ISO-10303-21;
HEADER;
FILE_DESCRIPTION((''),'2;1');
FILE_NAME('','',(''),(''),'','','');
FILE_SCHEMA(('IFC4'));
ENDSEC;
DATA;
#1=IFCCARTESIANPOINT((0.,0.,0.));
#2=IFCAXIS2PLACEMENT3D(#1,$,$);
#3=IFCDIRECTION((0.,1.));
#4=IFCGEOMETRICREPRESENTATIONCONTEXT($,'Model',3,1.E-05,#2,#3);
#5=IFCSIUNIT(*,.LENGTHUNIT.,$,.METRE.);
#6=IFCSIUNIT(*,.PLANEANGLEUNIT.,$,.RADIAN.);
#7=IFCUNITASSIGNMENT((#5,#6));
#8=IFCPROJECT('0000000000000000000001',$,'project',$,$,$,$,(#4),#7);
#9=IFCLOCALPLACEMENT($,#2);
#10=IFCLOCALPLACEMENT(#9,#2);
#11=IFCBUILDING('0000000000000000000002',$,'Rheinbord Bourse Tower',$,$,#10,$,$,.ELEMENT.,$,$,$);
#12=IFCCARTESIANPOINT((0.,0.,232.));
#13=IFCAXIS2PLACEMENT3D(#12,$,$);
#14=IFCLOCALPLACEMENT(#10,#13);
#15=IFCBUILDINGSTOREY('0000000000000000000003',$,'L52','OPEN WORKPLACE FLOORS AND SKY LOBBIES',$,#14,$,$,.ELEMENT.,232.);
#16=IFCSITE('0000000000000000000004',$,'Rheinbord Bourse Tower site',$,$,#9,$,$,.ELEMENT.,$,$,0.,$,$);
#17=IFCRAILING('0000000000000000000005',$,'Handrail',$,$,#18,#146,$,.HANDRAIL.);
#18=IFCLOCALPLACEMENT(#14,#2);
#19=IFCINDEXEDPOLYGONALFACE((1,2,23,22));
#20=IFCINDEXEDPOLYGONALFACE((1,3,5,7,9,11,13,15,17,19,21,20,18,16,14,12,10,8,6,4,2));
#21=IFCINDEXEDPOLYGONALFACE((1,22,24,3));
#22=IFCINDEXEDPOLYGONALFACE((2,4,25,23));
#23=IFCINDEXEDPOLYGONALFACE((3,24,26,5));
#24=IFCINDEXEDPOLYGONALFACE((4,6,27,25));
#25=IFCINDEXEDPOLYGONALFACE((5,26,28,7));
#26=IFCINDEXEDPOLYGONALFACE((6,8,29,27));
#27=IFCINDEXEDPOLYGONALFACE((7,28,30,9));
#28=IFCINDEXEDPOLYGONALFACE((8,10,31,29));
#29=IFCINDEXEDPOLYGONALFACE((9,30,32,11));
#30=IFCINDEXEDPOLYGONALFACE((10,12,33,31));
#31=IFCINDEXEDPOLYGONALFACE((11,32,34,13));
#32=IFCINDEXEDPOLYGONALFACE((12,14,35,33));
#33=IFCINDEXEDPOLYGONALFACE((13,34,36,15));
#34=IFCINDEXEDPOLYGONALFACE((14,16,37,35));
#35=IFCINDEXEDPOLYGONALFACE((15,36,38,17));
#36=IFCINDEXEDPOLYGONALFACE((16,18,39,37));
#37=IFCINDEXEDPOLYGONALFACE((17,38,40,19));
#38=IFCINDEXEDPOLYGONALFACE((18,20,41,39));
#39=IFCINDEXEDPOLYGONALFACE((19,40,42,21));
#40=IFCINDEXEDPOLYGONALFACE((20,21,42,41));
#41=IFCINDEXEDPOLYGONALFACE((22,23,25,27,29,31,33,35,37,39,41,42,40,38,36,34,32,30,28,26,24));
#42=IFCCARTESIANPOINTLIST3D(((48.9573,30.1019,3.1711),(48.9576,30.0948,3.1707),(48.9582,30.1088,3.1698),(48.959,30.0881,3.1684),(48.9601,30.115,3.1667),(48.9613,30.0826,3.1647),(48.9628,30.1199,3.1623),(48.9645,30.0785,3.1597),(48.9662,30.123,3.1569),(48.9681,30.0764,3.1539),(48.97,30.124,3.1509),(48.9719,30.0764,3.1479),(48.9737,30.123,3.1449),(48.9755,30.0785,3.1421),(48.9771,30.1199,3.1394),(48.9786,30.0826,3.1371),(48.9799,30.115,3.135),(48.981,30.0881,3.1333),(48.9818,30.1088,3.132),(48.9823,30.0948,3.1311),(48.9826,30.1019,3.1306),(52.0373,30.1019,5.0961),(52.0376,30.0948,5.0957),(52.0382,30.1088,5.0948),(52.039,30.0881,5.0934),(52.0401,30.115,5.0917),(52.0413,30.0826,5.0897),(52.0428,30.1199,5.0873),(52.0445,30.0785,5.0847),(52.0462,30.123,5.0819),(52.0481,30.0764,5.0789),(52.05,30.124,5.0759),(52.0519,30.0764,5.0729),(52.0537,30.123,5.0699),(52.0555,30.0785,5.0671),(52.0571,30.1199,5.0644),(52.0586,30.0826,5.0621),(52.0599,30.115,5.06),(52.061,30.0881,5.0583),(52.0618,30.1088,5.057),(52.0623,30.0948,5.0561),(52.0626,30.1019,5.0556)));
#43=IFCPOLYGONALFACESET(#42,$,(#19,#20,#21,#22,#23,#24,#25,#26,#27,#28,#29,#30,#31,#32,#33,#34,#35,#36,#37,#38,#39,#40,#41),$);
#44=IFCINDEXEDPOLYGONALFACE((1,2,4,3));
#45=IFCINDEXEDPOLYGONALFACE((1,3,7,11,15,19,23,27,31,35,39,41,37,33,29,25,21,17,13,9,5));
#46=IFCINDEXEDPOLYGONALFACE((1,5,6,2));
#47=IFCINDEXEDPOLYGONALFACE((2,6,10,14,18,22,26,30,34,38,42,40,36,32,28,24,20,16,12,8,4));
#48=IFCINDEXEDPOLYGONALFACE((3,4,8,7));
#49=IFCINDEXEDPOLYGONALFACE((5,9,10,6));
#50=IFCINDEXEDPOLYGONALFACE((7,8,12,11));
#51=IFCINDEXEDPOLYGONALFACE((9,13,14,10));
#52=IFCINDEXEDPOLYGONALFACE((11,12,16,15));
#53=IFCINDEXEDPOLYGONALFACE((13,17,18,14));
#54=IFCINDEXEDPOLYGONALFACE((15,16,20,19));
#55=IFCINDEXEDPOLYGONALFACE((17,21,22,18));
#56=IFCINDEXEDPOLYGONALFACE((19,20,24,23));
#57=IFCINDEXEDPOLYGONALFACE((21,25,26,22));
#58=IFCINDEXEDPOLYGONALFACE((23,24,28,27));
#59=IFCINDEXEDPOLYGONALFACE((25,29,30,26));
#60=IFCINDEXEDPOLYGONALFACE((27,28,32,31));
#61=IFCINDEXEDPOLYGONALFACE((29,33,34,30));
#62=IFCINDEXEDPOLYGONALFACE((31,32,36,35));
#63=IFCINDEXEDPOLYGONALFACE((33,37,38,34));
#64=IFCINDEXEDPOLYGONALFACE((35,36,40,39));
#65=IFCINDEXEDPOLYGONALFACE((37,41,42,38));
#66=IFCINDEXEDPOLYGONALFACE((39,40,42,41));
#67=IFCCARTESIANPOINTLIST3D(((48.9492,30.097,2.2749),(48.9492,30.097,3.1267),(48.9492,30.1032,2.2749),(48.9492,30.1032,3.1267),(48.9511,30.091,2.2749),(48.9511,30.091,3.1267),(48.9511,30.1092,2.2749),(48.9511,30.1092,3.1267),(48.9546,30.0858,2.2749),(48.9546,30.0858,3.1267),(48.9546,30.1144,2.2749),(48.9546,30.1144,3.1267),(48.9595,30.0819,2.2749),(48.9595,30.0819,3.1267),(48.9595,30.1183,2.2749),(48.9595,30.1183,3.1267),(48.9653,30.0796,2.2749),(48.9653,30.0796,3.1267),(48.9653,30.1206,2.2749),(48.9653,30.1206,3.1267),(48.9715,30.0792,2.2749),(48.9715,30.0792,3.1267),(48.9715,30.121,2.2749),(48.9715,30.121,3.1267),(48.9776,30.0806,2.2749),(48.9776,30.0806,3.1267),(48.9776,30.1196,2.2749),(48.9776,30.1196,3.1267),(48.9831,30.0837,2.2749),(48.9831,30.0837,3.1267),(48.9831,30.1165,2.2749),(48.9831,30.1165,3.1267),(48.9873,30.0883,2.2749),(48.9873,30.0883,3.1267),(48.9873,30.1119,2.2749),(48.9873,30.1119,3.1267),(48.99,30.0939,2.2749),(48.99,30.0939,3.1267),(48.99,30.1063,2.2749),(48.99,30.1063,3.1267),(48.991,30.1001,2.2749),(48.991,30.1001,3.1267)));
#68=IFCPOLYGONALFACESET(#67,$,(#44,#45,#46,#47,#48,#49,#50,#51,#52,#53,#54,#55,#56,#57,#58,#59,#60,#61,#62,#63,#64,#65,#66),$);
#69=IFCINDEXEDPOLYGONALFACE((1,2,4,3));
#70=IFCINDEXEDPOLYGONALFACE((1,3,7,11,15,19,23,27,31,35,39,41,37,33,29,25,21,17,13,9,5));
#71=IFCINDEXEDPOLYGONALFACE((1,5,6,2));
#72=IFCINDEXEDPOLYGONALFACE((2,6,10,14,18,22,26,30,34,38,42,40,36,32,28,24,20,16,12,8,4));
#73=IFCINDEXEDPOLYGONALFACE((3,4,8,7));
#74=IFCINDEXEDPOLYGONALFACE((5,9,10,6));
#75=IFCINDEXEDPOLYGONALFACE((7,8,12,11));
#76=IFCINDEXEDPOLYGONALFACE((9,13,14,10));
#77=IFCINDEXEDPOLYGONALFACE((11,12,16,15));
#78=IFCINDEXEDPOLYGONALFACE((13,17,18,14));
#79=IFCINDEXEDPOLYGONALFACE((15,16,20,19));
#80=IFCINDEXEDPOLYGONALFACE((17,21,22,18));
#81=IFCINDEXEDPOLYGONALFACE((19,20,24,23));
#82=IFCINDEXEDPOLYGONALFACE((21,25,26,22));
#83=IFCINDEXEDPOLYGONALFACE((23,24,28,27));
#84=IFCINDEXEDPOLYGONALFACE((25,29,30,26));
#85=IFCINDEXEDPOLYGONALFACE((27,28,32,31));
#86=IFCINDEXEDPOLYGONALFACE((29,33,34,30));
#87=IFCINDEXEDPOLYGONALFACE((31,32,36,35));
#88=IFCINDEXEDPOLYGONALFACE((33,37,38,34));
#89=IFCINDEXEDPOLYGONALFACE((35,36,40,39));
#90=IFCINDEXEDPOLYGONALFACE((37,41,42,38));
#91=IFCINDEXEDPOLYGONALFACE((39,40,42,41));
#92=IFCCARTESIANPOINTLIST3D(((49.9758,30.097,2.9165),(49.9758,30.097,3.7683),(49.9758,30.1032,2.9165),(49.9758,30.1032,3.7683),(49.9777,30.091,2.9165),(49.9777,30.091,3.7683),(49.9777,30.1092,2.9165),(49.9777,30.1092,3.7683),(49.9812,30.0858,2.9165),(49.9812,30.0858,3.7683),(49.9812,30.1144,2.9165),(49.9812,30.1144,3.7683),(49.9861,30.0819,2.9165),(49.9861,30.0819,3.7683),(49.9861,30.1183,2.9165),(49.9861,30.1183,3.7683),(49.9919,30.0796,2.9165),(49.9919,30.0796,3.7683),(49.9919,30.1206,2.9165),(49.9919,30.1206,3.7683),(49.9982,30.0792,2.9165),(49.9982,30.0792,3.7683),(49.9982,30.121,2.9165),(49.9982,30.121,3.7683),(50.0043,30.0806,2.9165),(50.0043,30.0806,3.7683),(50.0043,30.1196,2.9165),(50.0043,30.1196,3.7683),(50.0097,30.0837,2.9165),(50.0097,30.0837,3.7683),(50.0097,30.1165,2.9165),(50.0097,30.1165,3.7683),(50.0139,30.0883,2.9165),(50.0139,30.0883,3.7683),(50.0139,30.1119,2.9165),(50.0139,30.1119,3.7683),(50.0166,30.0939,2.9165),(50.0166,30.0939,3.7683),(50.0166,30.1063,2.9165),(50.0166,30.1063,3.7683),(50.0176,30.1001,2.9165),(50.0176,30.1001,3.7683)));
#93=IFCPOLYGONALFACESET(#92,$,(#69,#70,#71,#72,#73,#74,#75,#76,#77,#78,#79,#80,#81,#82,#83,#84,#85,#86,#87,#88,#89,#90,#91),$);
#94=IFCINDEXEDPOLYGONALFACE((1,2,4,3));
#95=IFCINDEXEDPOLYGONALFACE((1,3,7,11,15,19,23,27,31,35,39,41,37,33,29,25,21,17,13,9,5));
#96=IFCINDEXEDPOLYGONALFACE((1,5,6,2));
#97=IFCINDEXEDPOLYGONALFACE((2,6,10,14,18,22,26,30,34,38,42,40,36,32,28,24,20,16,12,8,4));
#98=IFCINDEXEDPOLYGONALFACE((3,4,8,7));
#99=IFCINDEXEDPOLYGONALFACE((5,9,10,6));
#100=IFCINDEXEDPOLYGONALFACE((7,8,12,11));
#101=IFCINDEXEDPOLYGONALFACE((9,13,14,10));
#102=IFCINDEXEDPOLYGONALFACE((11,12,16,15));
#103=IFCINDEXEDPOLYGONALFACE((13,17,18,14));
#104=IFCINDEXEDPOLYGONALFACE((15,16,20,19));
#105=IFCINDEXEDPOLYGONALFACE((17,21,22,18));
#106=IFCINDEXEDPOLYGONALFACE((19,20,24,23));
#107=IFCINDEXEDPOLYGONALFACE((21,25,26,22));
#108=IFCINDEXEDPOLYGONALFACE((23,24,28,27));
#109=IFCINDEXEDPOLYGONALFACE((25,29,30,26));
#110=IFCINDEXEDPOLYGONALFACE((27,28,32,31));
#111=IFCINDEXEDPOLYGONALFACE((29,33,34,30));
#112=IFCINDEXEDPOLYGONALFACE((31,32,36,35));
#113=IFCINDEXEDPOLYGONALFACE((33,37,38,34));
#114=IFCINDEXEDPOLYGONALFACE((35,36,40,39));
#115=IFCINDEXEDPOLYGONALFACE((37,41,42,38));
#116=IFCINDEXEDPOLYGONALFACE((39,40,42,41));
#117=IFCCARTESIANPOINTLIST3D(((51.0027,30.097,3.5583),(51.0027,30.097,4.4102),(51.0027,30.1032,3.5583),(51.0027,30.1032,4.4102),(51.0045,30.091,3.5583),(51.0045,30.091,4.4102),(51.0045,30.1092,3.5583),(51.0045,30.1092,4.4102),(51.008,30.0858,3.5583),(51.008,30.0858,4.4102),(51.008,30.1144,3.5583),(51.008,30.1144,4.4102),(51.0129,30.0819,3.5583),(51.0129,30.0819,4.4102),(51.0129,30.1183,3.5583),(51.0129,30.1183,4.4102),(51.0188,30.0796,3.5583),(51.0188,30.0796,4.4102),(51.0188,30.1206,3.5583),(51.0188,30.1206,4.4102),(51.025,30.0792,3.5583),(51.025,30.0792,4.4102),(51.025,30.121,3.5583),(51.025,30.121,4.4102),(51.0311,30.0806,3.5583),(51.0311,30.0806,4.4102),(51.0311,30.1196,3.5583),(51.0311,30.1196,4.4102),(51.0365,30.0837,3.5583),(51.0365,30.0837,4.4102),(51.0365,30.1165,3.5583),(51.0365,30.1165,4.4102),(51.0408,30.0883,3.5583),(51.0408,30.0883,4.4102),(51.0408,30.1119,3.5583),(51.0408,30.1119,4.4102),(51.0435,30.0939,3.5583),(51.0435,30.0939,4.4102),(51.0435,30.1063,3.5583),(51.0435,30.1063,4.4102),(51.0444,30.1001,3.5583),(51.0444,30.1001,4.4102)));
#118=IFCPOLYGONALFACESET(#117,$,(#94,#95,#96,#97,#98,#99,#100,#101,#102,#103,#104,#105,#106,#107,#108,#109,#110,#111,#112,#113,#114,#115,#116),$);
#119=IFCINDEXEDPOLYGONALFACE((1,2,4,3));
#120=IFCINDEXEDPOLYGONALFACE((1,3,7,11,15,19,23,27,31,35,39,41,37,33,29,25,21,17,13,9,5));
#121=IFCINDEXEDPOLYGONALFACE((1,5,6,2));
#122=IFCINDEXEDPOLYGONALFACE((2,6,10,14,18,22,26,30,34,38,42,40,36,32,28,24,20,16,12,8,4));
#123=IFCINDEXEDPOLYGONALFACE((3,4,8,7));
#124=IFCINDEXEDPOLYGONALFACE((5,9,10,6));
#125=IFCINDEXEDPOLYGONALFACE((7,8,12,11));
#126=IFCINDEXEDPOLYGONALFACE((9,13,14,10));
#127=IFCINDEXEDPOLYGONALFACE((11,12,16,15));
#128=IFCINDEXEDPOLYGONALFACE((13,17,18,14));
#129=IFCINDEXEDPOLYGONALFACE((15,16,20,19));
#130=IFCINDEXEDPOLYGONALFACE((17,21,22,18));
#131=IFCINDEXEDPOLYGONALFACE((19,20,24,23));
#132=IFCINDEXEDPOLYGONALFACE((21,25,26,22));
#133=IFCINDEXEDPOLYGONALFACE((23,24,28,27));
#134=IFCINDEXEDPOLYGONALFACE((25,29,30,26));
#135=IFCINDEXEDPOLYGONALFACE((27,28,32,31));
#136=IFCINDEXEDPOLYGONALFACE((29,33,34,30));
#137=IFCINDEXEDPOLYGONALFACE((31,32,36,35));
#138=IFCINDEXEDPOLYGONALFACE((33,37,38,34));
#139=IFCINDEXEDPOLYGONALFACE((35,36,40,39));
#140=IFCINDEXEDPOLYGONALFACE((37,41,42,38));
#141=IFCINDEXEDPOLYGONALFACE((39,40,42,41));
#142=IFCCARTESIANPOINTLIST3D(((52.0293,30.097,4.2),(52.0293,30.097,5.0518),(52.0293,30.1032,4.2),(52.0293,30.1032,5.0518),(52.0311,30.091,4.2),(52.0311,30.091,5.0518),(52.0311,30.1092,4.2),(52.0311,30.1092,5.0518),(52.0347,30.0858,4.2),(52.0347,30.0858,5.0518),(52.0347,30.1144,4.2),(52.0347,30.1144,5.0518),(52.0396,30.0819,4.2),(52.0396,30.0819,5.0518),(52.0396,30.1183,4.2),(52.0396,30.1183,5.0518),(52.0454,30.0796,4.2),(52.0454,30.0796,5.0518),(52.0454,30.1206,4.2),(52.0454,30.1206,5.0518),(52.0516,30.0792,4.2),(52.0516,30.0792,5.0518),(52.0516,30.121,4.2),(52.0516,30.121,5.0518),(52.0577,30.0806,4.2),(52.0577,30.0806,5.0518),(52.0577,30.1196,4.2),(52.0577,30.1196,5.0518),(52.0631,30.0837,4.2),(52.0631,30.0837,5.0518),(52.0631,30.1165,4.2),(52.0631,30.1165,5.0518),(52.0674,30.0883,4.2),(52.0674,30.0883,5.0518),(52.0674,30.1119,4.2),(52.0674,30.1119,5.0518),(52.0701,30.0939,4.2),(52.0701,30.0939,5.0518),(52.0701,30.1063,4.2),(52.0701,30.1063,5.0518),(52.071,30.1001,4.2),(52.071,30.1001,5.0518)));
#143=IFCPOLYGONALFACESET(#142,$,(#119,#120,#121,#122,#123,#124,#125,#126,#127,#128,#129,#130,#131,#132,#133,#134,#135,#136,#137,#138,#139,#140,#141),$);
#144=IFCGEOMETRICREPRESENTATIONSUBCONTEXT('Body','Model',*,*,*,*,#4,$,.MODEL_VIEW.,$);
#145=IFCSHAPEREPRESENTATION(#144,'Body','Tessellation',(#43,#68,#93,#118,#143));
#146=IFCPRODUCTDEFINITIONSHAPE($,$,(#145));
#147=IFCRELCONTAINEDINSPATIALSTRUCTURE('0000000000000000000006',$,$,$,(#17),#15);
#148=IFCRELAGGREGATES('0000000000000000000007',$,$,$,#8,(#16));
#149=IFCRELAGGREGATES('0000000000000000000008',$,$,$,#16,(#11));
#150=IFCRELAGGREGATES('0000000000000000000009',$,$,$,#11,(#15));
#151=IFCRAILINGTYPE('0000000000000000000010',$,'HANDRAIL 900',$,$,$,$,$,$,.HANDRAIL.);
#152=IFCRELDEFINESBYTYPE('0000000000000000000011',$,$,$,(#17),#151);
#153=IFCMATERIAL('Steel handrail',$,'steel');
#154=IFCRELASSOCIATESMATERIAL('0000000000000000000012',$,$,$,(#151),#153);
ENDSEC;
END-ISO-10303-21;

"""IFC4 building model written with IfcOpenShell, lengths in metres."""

from ifc_helpers import new_model, si_unit, direction, frame, origin, origin_2d, place, context, subcontext, project, spatial, circle, extrude, material, type_object, element, save


model = new_model("IFC4")

# Units and contexts
model_context = context("Model", 3, precision=1e-05, world=origin(), true_north=direction((0.0, 1.0)))
body_context = subcontext(model_context, "Body", "Model", "MODEL_VIEW")
ifc_project = project(units=[si_unit("LENGTHUNIT", "METRE"), si_unit("PLANEANGLEUNIT", "RADIAN")], contexts=[model_context])

# Site, building, storey
site_placement = place(None, origin())
site = spatial("IfcSite", under=ifc_project, at=site_placement, Name="Rheinbord Bourse Tower site", CompositionType="ELEMENT", RefElevation=0.0)
building_placement = place(site_placement, origin())
building = spatial("IfcBuilding", under=site, at=building_placement, Name="Rheinbord Bourse Tower", CompositionType="ELEMENT")
storey_placement = place(building_placement, frame((0.0, 0.0, 232.0)))
storey = spatial("IfcBuildingStorey", under=building, at=storey_placement, Name="L52", Description="OPEN WORKPLACE FLOORS AND SKY LOBBIES", CompositionType="ELEMENT", Elevation=232.0)

# Railing
ifc_material_1 = material(Name="Steel handrail", Category="steel")
railing_type = type_object("IfcRailingType", Name="HANDRAIL 900", PredefinedType="HANDRAIL", material=ifc_material_1)
railing_1_placement = place(storey_placement, frame((48.97, 30.1001, 2.2749)))
element("IfcRailing", 1, at=railing_1_placement, inside=storey, type_object=railing_type, Name="Handrail", PredefinedType="HANDRAIL", context=body_context, shape_type="SweptSolid", body=[
    extrude(circle(Radius=0.0239, at=origin_2d()), frame((0.0, 0.0, 0.876), z_axis=(0.847998, 0.0, 0.529999), x_axis=(0.0, 1.0, 0.0)), (0.0, 0.0, 1.0), 3.6321),
    extrude(circle(Radius=0.021, at=origin_2d()), origin(), (0.0, 0.0, 1.0), 0.8518),
    extrude(circle(Radius=0.021, at=origin_2d()), frame((1.0266, 0.0, 0.6416)), (0.0, 0.0, 1.0), 0.8518),
    extrude(circle(Radius=0.021, at=origin_2d()), frame((2.0535, 0.0, 1.2834)), (0.0, 0.0, 1.0), 0.8518),
    extrude(circle(Radius=0.021, at=origin_2d()), frame((3.0801, 0.0, 1.925)), (0.0, 0.0, 1.0), 0.8518),
])

save(model, "model.ifc")
